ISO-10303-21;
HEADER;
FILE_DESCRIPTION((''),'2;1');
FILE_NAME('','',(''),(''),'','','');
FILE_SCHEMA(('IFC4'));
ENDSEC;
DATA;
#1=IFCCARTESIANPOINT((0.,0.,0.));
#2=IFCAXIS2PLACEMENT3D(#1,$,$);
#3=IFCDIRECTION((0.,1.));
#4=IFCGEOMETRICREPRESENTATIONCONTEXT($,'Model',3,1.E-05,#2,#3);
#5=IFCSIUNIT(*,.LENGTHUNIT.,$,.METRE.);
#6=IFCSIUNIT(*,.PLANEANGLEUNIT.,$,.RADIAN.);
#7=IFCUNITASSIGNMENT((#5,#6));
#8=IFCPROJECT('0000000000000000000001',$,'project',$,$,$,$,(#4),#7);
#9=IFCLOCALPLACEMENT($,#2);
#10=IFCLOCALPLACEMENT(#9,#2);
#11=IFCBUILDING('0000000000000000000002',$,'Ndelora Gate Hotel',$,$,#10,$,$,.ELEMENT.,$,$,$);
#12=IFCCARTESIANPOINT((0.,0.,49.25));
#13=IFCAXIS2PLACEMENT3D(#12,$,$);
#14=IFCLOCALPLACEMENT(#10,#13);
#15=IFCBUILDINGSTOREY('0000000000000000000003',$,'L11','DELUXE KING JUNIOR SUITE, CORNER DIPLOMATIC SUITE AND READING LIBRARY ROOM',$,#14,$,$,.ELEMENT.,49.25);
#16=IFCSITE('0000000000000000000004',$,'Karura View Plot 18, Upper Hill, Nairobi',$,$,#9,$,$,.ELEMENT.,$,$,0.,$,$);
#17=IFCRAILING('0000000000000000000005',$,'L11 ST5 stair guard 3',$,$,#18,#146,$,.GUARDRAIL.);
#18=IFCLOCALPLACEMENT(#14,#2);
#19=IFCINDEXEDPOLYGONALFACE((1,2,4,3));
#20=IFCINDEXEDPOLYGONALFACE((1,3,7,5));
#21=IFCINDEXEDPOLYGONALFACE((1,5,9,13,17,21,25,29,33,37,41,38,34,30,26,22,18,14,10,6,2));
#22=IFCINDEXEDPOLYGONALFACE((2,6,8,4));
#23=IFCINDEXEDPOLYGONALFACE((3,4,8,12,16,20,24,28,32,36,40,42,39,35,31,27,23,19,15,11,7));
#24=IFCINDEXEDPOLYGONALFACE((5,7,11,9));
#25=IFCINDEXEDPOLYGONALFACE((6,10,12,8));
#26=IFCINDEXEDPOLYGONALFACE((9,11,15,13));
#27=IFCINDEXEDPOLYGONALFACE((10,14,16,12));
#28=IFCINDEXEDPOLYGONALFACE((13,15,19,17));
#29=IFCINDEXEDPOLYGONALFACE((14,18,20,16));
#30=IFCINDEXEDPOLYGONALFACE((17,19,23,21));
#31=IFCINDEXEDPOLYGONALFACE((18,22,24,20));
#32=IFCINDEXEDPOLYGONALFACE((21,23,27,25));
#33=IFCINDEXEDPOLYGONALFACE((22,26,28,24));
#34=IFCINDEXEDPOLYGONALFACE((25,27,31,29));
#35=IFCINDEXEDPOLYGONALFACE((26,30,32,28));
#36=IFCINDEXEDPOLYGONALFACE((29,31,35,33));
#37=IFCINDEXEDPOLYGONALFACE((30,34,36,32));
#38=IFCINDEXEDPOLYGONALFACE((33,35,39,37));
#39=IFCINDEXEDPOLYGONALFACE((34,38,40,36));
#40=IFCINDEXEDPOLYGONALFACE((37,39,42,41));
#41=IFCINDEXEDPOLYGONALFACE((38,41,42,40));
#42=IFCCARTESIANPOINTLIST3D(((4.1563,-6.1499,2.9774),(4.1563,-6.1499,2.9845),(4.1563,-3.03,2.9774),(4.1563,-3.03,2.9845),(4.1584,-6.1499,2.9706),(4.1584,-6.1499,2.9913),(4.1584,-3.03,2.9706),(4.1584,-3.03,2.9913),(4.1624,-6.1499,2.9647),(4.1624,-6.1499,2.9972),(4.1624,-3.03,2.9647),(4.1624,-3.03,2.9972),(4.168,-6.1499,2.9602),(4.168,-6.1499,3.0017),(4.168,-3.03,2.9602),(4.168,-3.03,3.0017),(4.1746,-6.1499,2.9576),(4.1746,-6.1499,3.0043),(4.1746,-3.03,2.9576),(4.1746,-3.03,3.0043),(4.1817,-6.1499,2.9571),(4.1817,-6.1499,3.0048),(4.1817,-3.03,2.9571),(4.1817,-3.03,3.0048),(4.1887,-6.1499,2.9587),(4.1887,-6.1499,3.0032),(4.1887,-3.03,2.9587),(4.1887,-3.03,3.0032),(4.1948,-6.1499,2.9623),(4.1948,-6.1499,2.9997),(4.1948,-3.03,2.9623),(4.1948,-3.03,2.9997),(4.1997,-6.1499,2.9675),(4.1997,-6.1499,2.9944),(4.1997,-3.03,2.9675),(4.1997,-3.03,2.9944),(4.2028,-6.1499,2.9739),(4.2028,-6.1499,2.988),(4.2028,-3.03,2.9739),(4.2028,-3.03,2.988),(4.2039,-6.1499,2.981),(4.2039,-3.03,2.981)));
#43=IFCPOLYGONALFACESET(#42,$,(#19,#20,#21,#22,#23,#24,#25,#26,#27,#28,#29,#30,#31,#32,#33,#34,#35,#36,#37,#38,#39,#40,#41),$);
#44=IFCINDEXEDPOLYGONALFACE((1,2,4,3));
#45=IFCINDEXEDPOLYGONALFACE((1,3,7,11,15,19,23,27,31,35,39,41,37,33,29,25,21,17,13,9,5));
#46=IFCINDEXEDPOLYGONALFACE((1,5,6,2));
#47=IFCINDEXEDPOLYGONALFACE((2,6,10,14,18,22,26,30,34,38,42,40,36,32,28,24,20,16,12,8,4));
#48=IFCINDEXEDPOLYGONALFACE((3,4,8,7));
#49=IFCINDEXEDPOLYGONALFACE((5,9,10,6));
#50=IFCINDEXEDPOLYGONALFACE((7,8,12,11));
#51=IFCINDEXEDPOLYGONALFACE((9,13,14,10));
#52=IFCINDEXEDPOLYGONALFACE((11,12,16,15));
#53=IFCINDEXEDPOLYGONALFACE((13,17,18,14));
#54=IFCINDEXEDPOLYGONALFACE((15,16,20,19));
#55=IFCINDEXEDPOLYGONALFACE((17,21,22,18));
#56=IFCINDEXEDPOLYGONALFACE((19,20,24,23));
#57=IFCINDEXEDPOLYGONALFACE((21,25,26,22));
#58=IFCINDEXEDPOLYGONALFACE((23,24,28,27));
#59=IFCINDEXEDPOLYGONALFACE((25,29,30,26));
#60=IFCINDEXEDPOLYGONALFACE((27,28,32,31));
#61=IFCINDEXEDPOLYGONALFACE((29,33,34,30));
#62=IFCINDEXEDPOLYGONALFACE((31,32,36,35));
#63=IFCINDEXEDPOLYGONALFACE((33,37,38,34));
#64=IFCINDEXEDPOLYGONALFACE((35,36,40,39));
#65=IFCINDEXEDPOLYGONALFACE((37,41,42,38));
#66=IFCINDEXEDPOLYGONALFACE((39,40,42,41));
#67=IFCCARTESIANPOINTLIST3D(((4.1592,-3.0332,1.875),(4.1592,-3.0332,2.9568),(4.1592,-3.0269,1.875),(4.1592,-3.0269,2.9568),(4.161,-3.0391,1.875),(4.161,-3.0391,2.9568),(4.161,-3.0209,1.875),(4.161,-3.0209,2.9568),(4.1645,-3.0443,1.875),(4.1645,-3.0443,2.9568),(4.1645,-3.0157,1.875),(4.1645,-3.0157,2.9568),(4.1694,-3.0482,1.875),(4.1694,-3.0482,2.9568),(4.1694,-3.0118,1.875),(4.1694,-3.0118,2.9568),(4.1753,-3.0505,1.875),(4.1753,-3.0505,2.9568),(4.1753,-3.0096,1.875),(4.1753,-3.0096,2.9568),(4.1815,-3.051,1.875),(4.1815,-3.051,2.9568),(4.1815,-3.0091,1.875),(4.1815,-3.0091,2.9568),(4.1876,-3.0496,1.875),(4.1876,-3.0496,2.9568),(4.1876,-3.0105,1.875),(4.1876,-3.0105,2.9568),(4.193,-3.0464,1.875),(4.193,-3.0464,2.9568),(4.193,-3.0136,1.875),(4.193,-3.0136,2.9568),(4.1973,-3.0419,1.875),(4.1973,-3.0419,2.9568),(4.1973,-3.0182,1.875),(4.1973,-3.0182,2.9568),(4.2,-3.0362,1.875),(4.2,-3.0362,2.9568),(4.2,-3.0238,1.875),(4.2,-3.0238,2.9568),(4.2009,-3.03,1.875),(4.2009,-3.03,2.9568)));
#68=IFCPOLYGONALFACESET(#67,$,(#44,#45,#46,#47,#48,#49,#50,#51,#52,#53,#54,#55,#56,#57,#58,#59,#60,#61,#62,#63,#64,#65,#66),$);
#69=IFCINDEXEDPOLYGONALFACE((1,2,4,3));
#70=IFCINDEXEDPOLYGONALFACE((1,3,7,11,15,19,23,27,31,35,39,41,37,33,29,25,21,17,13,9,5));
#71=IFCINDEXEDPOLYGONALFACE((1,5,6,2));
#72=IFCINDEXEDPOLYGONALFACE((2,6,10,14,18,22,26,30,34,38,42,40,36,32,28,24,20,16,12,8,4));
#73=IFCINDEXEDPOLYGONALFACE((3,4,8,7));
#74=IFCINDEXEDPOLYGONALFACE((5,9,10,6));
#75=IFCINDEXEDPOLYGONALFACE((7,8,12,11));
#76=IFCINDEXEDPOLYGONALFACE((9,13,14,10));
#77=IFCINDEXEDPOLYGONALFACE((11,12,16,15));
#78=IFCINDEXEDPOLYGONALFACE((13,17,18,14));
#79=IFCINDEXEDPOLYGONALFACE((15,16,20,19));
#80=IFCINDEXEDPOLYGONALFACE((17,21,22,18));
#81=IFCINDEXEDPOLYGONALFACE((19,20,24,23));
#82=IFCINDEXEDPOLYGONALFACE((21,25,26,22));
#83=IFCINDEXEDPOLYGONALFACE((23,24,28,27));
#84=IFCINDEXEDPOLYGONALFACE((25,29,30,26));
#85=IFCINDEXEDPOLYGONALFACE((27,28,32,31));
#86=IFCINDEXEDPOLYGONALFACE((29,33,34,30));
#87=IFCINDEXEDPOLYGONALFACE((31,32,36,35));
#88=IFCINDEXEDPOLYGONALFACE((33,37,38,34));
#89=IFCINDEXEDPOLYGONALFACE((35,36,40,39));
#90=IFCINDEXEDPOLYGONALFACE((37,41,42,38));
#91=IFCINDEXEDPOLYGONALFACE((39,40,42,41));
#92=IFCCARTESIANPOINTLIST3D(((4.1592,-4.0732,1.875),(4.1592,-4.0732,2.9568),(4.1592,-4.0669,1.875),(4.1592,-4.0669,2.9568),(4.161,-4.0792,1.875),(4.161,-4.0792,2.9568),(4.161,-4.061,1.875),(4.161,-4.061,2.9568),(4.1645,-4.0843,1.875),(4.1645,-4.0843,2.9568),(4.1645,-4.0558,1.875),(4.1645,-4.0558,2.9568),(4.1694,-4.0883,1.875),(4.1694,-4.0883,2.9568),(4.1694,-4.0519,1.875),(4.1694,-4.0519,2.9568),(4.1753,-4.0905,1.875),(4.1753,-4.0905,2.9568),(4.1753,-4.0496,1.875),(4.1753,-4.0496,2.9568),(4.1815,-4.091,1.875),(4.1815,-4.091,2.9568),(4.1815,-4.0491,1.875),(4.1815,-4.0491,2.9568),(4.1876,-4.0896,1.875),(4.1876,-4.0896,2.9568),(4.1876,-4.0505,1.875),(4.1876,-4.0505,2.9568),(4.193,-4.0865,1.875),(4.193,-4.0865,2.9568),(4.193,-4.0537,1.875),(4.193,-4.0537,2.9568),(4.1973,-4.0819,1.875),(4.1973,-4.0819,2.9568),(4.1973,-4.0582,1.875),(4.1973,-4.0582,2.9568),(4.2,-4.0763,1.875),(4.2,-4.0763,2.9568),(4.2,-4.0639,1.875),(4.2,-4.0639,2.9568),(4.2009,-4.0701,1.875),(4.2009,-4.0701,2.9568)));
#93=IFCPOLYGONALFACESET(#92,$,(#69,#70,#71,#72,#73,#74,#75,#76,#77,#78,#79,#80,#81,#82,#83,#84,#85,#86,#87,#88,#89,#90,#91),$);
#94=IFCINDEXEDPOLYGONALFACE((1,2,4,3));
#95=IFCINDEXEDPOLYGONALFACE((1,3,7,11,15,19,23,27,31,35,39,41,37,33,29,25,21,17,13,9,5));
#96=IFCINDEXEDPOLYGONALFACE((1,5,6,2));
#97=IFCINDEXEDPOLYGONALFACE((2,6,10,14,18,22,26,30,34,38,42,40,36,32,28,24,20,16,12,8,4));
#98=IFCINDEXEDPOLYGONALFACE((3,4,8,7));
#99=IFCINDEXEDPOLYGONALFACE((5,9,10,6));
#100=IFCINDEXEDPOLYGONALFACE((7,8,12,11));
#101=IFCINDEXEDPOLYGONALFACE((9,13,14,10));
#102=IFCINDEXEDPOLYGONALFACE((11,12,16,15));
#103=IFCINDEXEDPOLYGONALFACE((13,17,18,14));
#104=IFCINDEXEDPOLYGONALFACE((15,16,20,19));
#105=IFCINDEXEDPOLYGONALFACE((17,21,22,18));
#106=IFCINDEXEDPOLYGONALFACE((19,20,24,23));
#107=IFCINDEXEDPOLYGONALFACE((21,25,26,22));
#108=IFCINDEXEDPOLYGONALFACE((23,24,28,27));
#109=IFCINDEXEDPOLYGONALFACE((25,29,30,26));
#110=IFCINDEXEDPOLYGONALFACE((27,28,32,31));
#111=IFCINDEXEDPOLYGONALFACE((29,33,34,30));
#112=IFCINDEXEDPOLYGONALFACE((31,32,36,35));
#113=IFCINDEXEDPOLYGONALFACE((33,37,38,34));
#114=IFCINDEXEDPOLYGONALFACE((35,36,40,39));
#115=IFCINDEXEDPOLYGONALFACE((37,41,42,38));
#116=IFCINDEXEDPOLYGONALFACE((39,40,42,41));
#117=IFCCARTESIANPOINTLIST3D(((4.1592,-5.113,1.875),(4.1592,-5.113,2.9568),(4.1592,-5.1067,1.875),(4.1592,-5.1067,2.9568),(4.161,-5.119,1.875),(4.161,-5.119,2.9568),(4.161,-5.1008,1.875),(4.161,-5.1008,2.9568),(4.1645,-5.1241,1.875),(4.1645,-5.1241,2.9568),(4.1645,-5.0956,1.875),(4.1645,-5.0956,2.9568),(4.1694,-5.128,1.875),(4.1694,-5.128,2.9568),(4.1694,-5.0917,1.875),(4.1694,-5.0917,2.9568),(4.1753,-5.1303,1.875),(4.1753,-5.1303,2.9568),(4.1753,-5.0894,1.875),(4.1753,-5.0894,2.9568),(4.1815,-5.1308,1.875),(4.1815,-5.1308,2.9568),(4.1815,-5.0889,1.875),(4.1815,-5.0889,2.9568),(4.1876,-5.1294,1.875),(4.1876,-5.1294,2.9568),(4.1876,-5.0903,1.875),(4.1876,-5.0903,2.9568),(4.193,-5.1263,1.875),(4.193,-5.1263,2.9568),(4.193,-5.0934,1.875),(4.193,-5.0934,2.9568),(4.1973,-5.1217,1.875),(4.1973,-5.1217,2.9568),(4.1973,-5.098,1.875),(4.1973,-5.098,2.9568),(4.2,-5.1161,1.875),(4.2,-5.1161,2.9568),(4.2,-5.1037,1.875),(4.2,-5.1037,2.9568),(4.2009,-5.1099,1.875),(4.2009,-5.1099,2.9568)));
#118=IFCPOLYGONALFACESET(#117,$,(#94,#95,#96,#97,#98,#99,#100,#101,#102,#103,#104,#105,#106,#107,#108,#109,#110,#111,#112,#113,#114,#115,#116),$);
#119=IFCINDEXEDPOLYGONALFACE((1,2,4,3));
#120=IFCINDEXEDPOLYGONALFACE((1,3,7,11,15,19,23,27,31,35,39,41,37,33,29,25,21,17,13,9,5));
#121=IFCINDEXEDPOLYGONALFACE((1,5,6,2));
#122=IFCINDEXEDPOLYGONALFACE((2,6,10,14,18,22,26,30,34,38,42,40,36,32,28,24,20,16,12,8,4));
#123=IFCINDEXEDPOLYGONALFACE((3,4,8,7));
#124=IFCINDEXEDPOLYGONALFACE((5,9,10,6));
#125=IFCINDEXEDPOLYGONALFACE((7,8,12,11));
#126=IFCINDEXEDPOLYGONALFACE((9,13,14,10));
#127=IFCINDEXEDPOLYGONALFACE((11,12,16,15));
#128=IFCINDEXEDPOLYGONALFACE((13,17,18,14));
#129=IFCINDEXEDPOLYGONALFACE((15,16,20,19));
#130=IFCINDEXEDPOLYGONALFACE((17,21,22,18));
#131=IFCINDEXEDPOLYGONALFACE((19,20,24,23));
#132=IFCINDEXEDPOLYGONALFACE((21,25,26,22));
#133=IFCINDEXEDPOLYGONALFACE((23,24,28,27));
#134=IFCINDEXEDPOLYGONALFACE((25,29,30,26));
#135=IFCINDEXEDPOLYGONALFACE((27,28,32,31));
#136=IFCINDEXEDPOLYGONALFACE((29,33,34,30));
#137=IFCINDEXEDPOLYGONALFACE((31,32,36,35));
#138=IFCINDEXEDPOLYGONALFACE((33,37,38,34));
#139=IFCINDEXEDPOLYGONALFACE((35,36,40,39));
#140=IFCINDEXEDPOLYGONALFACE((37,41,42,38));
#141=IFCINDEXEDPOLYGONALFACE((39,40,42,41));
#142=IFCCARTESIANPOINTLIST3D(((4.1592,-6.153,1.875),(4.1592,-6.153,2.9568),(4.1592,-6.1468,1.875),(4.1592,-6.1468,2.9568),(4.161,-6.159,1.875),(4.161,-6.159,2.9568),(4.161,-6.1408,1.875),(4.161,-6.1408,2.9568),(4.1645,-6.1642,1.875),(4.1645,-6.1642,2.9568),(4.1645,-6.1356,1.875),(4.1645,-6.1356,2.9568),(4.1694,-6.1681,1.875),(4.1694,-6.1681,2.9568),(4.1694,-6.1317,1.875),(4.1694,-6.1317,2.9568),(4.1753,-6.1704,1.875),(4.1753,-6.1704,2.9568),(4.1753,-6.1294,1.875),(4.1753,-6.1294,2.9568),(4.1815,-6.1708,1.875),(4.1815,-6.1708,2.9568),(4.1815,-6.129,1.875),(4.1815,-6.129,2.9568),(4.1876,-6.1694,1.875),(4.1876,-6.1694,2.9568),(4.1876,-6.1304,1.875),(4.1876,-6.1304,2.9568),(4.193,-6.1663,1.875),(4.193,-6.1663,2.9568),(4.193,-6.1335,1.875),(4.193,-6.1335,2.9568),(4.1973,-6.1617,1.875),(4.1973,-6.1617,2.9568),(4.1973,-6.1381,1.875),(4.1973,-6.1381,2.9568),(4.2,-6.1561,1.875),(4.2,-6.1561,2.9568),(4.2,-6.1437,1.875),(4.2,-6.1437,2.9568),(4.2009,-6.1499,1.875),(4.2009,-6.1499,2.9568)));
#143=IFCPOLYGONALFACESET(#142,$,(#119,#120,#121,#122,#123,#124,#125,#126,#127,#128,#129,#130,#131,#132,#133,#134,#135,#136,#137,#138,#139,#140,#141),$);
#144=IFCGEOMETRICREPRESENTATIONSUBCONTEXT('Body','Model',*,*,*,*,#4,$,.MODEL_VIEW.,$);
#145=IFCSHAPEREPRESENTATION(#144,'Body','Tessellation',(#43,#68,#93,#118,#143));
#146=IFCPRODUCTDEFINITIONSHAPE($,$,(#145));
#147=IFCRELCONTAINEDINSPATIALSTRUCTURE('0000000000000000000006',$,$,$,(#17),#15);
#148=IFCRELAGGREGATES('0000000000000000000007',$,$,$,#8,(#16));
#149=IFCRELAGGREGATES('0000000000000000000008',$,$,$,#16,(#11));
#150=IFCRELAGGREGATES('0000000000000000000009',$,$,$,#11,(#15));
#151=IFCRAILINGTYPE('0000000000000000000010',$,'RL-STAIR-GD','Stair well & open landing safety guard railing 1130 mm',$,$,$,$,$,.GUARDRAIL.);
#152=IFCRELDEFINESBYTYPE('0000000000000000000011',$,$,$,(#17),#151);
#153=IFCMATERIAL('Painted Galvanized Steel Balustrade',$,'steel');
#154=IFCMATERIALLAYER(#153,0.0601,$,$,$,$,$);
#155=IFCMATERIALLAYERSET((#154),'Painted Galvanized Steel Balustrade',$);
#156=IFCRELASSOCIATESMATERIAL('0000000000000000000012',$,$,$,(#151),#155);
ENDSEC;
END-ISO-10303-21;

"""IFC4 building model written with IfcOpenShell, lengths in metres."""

from ifc_helpers import new_model, si_unit, direction, frame, origin, origin_2d, place, context, subcontext, project, spatial, circle, extrude, material, layer, layer_set, type_object, element, save


model = new_model("IFC4")

# Units and contexts
model_context = context("Model", 3, precision=1e-05, world=origin(), true_north=direction((0.0, 1.0)))
body_context = subcontext(model_context, "Body", "Model", "MODEL_VIEW")
ifc_project = project(units=[si_unit("LENGTHUNIT", "METRE"), si_unit("PLANEANGLEUNIT", "RADIAN")], contexts=[model_context])

# Site, building, storey
site_placement = place(None, origin())
site = spatial("IfcSite", under=ifc_project, at=site_placement, Name="Karura View Plot 18, Upper Hill, Nairobi", CompositionType="ELEMENT", RefElevation=0.0)
building_placement = place(site_placement, origin())
building = spatial("IfcBuilding", under=site, at=building_placement, Name="Ndelora Gate Hotel", CompositionType="ELEMENT")
storey_placement = place(building_placement, frame((0.0, 0.0, 49.25)))
storey = spatial("IfcBuildingStorey", under=building, at=storey_placement, Name="L11", Description="DELUXE KING JUNIOR SUITE, CORNER DIPLOMATIC SUITE AND READING LIBRARY ROOM", CompositionType="ELEMENT", Elevation=49.25)

# Railing
ifc_material_1 = material(Name="Painted Galvanized Steel Balustrade", Category="steel")
ifc_layer_1 = layer(ifc_material_1, 0.0601)
ifc_layer_set_1 = layer_set([ifc_layer_1], Name="Painted Galvanized Steel Balustrade")
railing_type_1 = type_object("IfcRailingType", Name="RL-STAIR-GD", Description="Stair well & open landing safety guard railing 1130 mm", PredefinedType="GUARDRAIL", material=ifc_layer_set_1)
railing_1_placement = place(storey_placement, frame((4.1799, -3.03, 1.875)))
element("IfcRailing", 1, at=railing_1_placement, inside=storey, type_object=railing_type_1, Name="L11 ST5 stair guard 3", PredefinedType="GUARDRAIL", context=body_context, shape_type="SweptSolid", body=[
    extrude(circle(Radius=0.0239, at=origin_2d()), frame((0.0, 0.0, 1.106), z_axis=(0.0, -1.0, 0.0), x_axis=(1.0, 0.0, 0.0)), (0.0, 0.0, 1.0), 3.1199),
    extrude(circle(Radius=0.021, at=origin_2d()), origin(), (0.0, 0.0, 1.0), 1.0818),
    extrude(circle(Radius=0.021, at=origin_2d()), frame((0.0, -1.04, 0.0)), (0.0, 0.0, 1.0), 1.0818),
    extrude(circle(Radius=0.021, at=origin_2d()), frame((0.0, -2.0798, 0.0)), (0.0, 0.0, 1.0), 1.0818),
    extrude(circle(Radius=0.021, at=origin_2d()), frame((0.0, -3.1199, 0.0)), (0.0, 0.0, 1.0), 1.0818),
])

save(model, "model.ifc")
